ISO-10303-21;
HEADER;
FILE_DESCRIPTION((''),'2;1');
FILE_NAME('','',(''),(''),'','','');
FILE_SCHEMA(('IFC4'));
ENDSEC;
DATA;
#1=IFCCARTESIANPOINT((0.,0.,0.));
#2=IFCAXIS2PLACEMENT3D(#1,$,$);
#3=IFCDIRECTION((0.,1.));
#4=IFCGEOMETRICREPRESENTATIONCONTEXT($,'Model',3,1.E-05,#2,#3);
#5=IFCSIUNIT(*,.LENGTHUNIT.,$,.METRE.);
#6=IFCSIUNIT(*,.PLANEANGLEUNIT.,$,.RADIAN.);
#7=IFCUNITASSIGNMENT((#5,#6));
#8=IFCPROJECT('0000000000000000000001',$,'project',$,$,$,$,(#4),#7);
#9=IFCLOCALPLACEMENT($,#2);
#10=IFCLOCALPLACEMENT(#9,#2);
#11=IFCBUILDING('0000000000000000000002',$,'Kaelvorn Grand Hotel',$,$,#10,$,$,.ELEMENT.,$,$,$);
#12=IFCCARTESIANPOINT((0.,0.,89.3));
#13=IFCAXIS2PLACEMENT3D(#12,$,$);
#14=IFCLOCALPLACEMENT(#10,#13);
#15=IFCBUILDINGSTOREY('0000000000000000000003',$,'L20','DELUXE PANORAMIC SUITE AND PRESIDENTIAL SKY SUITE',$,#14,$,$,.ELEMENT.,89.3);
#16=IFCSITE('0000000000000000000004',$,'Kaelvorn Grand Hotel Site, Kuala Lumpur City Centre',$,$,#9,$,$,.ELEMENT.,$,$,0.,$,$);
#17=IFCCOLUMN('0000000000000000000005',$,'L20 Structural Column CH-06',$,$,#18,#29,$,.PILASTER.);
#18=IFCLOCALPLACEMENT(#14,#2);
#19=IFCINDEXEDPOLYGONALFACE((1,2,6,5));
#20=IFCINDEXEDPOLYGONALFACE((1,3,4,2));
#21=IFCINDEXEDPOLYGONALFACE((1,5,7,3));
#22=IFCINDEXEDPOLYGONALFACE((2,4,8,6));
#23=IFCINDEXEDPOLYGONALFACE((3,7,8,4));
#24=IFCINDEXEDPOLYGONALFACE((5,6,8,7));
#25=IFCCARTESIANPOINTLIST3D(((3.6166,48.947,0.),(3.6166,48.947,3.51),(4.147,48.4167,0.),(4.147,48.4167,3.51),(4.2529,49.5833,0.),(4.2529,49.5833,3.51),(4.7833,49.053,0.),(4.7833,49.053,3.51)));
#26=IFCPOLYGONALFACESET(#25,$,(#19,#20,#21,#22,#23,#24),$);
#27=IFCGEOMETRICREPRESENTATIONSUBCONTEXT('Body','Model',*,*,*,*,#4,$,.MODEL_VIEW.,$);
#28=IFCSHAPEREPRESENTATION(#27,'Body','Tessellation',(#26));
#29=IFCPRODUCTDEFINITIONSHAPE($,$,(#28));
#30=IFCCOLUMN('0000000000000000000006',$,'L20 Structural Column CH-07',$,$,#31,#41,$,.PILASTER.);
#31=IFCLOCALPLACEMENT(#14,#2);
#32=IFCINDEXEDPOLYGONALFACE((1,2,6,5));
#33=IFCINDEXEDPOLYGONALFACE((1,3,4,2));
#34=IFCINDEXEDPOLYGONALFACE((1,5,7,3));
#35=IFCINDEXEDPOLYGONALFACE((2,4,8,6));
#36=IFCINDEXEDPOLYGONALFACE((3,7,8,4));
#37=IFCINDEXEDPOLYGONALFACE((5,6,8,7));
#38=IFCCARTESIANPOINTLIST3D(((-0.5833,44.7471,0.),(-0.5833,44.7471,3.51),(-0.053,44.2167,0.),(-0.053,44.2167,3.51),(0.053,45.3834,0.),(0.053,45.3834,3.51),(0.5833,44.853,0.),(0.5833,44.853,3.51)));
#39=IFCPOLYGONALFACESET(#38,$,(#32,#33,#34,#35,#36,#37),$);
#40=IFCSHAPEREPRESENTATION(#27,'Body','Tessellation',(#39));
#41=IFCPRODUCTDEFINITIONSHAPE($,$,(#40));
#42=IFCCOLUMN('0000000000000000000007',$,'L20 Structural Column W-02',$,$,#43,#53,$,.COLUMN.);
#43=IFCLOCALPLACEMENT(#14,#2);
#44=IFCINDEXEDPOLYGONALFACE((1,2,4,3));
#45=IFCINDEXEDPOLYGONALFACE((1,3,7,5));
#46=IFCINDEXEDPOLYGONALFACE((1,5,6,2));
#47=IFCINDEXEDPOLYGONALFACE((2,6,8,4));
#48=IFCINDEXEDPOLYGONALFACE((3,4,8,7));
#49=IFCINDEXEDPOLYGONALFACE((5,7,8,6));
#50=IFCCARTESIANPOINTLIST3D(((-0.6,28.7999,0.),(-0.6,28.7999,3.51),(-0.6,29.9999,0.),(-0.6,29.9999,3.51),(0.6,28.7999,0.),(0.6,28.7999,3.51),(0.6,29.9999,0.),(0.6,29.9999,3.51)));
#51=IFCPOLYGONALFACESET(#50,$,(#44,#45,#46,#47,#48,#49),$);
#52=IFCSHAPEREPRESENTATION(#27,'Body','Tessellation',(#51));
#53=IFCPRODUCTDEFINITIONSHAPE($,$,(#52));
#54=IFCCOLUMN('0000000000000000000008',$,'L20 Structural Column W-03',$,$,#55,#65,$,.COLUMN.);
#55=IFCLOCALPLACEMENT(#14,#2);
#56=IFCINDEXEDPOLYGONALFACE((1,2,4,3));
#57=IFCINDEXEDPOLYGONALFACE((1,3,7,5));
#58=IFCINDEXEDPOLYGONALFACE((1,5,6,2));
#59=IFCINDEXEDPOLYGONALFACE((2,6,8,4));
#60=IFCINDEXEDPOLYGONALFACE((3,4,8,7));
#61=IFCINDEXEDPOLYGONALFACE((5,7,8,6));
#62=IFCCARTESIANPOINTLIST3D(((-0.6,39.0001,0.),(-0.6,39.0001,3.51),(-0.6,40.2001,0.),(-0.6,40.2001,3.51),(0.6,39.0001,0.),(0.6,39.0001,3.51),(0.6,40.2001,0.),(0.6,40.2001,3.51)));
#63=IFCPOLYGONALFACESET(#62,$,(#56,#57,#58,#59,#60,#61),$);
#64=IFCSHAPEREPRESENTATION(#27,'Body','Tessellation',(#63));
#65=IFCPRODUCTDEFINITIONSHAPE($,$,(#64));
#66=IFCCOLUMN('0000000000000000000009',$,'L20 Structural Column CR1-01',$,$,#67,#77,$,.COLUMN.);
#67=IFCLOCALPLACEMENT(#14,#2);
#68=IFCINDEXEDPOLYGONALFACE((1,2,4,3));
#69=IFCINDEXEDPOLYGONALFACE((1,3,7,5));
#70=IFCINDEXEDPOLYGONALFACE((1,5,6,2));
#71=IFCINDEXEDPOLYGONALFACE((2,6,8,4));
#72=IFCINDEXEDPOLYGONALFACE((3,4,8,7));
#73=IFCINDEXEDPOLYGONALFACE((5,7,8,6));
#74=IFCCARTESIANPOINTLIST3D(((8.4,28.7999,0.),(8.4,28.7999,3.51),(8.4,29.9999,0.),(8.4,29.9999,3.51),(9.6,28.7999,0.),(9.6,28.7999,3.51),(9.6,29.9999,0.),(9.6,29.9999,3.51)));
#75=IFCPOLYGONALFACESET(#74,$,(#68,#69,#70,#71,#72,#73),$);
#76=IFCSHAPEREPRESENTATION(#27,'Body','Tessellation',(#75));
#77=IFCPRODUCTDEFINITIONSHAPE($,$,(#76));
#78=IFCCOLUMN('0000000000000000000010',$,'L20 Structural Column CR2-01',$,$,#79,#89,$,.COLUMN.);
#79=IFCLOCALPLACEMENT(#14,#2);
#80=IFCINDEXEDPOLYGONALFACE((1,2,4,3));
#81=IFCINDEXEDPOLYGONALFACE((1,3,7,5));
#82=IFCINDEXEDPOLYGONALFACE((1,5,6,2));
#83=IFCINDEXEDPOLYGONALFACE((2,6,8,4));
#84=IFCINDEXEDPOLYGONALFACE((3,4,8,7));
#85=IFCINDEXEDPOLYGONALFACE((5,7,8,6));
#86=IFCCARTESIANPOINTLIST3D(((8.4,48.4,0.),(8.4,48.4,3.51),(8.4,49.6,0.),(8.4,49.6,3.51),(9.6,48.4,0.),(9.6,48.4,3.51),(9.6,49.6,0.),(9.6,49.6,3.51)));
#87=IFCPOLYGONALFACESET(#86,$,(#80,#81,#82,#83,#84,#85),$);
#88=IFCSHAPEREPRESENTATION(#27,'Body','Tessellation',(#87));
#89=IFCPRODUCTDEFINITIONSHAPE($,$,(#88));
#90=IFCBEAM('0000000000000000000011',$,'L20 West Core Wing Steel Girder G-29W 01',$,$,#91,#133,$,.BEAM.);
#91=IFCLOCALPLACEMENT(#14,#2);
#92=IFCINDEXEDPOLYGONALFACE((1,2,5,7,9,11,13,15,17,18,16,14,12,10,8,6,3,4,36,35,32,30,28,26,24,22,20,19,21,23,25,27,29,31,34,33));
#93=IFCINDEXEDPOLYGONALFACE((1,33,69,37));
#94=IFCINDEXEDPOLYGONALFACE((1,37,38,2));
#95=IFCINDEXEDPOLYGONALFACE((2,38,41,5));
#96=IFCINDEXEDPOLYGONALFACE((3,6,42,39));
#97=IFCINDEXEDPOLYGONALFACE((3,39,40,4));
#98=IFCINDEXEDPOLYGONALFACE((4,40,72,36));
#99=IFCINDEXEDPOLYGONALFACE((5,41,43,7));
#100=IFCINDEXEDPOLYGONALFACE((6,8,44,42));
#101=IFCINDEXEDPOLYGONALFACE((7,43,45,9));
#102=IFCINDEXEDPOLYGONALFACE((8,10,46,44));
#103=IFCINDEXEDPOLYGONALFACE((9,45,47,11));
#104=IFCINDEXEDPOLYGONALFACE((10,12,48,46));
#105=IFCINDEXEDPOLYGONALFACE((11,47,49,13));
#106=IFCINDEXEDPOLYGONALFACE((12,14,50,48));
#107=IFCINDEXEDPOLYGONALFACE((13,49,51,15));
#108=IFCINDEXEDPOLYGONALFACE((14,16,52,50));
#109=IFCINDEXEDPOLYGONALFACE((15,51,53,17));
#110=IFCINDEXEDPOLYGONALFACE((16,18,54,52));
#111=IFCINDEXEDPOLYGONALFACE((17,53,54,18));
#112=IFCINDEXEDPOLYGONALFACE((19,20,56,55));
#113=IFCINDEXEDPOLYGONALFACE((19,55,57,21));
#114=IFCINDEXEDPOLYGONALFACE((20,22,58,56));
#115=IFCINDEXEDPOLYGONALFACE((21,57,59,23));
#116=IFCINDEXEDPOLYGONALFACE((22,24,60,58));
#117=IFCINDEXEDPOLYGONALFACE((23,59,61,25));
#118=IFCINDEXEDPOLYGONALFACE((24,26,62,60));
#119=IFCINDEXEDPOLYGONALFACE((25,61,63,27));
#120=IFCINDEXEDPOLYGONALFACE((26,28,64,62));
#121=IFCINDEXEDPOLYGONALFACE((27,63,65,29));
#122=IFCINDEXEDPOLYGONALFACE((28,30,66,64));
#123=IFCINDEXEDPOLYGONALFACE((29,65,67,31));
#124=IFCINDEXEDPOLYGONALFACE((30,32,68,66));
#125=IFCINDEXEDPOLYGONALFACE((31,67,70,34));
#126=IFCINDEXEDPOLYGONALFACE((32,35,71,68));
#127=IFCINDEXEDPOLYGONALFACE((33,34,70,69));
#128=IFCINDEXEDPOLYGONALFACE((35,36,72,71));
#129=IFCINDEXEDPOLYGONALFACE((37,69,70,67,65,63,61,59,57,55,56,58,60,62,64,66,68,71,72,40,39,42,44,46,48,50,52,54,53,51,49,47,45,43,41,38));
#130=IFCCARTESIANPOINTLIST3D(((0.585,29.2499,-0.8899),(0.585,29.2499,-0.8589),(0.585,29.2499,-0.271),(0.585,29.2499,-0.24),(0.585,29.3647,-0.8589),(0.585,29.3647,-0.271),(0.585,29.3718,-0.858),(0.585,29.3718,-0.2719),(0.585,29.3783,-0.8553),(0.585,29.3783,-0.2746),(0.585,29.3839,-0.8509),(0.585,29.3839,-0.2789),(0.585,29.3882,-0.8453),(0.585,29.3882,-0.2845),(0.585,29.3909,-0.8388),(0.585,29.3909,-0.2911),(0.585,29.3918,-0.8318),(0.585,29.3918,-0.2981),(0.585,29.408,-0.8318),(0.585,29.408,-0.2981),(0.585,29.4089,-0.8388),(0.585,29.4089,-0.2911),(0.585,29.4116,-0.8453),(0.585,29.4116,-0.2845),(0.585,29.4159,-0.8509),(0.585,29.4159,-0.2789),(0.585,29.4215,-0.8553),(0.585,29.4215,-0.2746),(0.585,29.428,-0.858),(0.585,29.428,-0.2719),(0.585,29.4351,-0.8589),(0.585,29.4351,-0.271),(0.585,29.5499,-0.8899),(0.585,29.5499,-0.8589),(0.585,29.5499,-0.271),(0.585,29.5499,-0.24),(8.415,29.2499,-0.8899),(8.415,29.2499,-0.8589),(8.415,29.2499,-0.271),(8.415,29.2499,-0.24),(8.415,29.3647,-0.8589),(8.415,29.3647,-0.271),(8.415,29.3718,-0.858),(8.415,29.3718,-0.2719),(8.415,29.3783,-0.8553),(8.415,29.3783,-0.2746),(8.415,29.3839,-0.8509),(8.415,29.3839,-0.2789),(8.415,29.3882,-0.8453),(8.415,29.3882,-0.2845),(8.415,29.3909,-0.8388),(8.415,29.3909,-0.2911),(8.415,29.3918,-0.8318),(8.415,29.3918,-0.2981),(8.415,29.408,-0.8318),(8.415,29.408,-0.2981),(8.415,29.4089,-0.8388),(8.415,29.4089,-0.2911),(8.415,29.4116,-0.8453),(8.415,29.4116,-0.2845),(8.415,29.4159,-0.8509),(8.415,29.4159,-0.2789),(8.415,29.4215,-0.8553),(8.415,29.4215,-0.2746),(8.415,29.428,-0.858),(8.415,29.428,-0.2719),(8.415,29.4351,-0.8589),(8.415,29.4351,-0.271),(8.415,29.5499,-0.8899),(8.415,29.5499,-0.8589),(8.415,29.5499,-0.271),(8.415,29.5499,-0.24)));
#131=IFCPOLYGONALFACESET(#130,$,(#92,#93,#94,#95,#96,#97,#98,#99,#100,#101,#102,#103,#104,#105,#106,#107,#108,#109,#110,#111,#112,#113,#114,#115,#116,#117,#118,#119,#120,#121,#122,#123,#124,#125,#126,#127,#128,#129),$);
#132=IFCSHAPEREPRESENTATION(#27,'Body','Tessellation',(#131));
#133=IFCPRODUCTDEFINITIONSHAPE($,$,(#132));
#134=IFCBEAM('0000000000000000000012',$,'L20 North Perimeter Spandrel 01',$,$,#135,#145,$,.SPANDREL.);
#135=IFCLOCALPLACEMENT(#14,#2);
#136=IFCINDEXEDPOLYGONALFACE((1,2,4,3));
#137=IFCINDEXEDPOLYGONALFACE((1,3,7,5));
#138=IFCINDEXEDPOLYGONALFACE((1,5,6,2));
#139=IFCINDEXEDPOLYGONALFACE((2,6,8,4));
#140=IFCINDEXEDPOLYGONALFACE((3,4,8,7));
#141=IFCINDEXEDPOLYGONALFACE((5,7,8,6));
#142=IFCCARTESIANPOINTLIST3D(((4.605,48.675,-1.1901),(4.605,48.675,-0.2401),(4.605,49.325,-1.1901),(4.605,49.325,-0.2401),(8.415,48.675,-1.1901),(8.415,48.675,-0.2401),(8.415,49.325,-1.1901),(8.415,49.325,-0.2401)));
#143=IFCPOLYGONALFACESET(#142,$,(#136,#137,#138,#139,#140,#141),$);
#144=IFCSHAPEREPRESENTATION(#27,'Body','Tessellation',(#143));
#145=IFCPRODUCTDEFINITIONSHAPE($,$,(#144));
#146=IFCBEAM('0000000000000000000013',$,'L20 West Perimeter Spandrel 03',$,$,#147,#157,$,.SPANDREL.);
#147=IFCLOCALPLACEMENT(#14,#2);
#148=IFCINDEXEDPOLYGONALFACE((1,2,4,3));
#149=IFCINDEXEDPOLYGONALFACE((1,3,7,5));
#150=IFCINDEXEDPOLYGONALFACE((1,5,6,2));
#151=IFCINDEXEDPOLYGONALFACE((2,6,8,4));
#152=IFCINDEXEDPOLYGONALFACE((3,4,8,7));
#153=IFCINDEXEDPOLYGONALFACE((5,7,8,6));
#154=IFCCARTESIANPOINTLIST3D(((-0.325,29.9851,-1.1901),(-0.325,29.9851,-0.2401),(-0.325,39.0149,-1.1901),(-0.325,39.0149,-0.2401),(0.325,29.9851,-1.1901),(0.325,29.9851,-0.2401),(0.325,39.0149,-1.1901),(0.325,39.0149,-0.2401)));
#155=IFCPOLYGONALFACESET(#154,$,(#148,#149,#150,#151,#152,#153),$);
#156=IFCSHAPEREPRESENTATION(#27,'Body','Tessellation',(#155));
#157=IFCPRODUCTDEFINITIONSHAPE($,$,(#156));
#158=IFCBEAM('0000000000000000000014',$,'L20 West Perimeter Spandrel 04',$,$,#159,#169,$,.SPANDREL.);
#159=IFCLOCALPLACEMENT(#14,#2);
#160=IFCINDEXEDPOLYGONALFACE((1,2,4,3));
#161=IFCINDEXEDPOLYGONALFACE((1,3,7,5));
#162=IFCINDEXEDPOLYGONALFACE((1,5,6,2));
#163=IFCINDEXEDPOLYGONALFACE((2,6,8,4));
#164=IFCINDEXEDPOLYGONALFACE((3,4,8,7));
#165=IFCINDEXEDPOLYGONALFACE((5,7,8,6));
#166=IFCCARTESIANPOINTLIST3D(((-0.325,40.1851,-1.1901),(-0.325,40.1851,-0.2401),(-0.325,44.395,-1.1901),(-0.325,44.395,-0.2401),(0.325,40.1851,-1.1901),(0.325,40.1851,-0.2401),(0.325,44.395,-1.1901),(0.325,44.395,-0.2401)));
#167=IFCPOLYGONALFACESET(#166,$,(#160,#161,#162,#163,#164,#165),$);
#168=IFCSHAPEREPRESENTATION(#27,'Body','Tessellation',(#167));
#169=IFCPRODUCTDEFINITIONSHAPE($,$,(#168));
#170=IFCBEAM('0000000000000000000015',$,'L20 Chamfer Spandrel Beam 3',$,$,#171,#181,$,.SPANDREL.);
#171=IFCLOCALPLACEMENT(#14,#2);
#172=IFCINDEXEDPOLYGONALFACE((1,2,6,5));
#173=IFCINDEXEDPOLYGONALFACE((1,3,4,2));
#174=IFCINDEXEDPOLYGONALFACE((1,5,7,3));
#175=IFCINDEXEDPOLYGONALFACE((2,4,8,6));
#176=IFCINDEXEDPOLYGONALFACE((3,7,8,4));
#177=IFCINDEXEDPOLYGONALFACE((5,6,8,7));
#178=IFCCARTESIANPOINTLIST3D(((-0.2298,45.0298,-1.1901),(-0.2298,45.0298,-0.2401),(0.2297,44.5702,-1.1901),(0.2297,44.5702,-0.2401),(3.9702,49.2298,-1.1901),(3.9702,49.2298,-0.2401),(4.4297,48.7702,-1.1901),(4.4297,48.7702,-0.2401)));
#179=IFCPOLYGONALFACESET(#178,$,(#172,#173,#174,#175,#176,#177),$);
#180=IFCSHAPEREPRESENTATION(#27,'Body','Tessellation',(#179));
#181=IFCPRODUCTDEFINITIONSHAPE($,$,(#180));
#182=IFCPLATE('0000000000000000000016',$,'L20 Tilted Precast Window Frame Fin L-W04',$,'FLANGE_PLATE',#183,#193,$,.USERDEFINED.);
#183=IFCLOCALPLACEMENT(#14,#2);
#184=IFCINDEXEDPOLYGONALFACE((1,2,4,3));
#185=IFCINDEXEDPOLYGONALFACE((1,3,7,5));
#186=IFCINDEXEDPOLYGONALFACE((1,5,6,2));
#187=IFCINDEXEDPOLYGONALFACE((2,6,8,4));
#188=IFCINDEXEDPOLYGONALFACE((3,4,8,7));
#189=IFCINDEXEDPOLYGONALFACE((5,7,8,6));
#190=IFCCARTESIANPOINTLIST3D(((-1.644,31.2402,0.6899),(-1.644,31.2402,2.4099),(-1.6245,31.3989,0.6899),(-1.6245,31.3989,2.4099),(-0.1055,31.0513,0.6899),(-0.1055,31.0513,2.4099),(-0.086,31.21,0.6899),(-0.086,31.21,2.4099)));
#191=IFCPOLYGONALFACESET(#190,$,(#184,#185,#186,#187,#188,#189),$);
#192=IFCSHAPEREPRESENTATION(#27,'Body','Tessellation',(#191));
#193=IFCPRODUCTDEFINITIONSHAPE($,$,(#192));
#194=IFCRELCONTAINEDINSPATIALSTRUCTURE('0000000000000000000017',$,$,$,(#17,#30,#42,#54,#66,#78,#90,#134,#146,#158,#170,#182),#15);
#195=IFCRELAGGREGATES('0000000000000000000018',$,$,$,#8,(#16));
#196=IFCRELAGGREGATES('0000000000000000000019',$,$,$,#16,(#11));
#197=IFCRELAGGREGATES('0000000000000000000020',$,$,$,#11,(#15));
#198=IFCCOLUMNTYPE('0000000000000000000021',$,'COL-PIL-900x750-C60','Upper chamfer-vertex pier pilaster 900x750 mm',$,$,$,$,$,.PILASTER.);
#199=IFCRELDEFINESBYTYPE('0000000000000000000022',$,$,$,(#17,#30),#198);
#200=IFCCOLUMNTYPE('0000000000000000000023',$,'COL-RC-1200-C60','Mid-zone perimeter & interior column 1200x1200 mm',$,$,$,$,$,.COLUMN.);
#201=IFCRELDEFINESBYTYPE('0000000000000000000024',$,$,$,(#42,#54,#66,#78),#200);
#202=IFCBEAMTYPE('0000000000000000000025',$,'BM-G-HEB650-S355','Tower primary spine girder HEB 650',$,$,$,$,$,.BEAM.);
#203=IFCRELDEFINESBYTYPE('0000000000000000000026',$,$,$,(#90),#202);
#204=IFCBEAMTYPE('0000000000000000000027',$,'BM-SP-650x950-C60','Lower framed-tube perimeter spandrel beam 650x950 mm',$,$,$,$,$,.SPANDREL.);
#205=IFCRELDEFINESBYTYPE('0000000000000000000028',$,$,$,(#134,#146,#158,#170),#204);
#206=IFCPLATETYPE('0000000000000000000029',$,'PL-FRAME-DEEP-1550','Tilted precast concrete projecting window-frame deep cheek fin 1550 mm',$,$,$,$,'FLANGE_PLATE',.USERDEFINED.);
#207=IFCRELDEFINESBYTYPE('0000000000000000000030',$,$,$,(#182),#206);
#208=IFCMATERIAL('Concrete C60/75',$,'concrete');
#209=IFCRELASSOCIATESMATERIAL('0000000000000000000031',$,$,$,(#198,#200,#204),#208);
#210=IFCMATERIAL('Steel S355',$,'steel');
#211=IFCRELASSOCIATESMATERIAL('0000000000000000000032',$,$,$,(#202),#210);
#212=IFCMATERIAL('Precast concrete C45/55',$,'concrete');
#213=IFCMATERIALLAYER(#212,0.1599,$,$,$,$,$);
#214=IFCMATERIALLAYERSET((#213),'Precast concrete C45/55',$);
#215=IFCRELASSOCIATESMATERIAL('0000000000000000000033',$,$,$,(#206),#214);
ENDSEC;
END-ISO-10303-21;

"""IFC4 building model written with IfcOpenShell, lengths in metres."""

from ifc_helpers import new_model, si_unit, direction, frame, origin, origin_2d, place, context, subcontext, project, spatial, rectangle, i_section, extrude, material, layer, layer_set, material_profile, profile_set, type_object, element, save


model = new_model("IFC4")

# Units and contexts
model_context = context("Model", 3, precision=1e-05, world=origin(), true_north=direction((0.0, 1.0)))
body_context = subcontext(model_context, "Body", "Model", "MODEL_VIEW")
ifc_project = project(units=[si_unit("LENGTHUNIT", "METRE"), si_unit("PLANEANGLEUNIT", "RADIAN")], contexts=[model_context])

# Site, building, storey
site_placement = place(None, origin())
site = spatial("IfcSite", under=ifc_project, at=site_placement, Name="Kaelvorn Grand Hotel Site, Kuala Lumpur City Centre", CompositionType="ELEMENT", RefElevation=0.0)
building_placement = place(site_placement, origin())
building = spatial("IfcBuilding", under=site, at=building_placement, Name="Kaelvorn Grand Hotel", CompositionType="ELEMENT")
storey_placement = place(building_placement, frame((0.0, 0.0, 89.3)))
storey = spatial("IfcBuildingStorey", under=building, at=storey_placement, Name="L20", Description="DELUXE PANORAMIC SUITE AND PRESIDENTIAL SKY SUITE", CompositionType="ELEMENT", Elevation=89.3)

# Columns
ifc_material_1 = material(Name="Concrete C60/75", Category="concrete")
ifc_material_profile_1 = material_profile(ifc_material_1, rectangle(XDim=0.8999, YDim=0.75, at=origin_2d()), Name="RC PILASTER 900x750")
ifc_profile_set_1 = profile_set([ifc_material_profile_1], Name="Concrete C60/75")
column_type_1 = type_object("IfcColumnType", Name="COL-PIL-900x750-C60", Description="Upper chamfer-vertex pier pilaster 900x750 mm", PredefinedType="PILASTER", material=ifc_profile_set_1)
for number, where, z_axis, x_axis, name in (
    (1, (4.2, 49.0, 0.0), (0.0, 0.0, 1.0), (0.707107, 0.707107, 0.0), "L20 Structural Column CH-06"),
    (2, (0.0, 44.8, 0.0), (0.0, 0.0, 1.0), (0.707107, 0.707107, 0.0), "L20 Structural Column CH-07"),
):
    element("IfcColumn", number, at=place(storey_placement, frame(where, z_axis=z_axis, x_axis=x_axis)), inside=storey, type_object=column_type_1, Name=name, PredefinedType="PILASTER", context=body_context, shape_type="SweptSolid", body=[
        extrude(rectangle(XDim=0.8999, YDim=0.75, at=origin_2d()), origin(), (0.0, 0.0, 1.0), 3.51),
    ])
ifc_material_profile_2 = material_profile(ifc_material_1, rectangle(XDim=1.2, YDim=1.2, at=origin_2d()), Name="RC COL 1200x1200")
ifc_profile_set_2 = profile_set([ifc_material_profile_2], Name="Concrete C60/75")
column_type_2 = type_object("IfcColumnType", Name="COL-RC-1200-C60", Description="Mid-zone perimeter & interior column 1200x1200 mm", PredefinedType="COLUMN", material=ifc_profile_set_2)
for number, where, z_axis, x_axis, name in (
    (3, (0.0, 29.3999, 0.0), (0.0, 0.0, 1.0), (1.0, 0.0, 0.0), "L20 Structural Column W-02"),
    (4, (0.0, 39.6001, 0.0), (0.0, 0.0, 1.0), (1.0, 0.0, 0.0), "L20 Structural Column W-03"),
    (5, (9.0, 29.3999, 0.0), (0.0, 0.0, 1.0), (1.0, 0.0, 0.0), "L20 Structural Column CR1-01"),
    (6, (9.0, 49.0, 0.0), (0.0, 0.0, 1.0), (1.0, 0.0, 0.0), "L20 Structural Column CR2-01"),
):
    element("IfcColumn", number, at=place(storey_placement, frame(where, z_axis=z_axis, x_axis=x_axis)), inside=storey, type_object=column_type_2, Name=name, PredefinedType="COLUMN", context=body_context, shape_type="SweptSolid", body=[
        extrude(rectangle(XDim=1.2, YDim=1.2, at=origin_2d()), origin(), (0.0, 0.0, 1.0), 3.51),
    ])

# Beams
ifc_material_2 = material(Name="Steel S355", Category="steel")
ifc_material_profile_3 = material_profile(ifc_material_2, i_section(OverallWidth=0.3, OverallDepth=0.6499, WebThickness=0.0161, FlangeThickness=0.031, FilletRadius=0.0271, at=origin_2d()), Name="HEB 650")
ifc_profile_set_3 = profile_set([ifc_material_profile_3], Name="Steel S355")
beam_type_1 = type_object("IfcBeamType", Name="BM-G-HEB650-S355", Description="Tower primary spine girder HEB 650", PredefinedType="BEAM", material=ifc_profile_set_3)
beam_1_placement = place(storey_placement, frame((0.585, 29.3999, -0.5649), z_axis=(1.0, 0.0, 0.0), x_axis=(0.0, 1.0, 0.0)))
element("IfcBeam", 7, at=beam_1_placement, inside=storey, type_object=beam_type_1, Name="L20 West Core Wing Steel Girder G-29W 01", PredefinedType="BEAM", context=body_context, shape_type="SweptSolid", body=[
    extrude(i_section(OverallWidth=0.3, OverallDepth=0.6499, WebThickness=0.0161, FlangeThickness=0.031, FilletRadius=0.0271, at=origin_2d()), origin(), (0.0, 0.0, 1.0), 7.8301),
])
ifc_material_profile_4 = material_profile(ifc_material_1, rectangle(XDim=0.6499, YDim=0.95, at=origin_2d()), Name="RC SPANDREL 650x950")
ifc_profile_set_4 = profile_set([ifc_material_profile_4], Name="Concrete C60/75")
beam_type_2 = type_object("IfcBeamType", Name="BM-SP-650x950-C60", Description="Lower framed-tube perimeter spandrel beam 650x950 mm", PredefinedType="SPANDREL", material=ifc_profile_set_4)
beam_2_placement = place(storey_placement, frame((4.605, 49.0, -0.7151), z_axis=(1.0, 0.0, 0.0), x_axis=(0.0, 1.0, 0.0)))
element("IfcBeam", 8, at=beam_2_placement, inside=storey, type_object=beam_type_2, Name="L20 North Perimeter Spandrel 01", PredefinedType="SPANDREL", context=body_context, shape_type="SweptSolid", body=[
    extrude(rectangle(XDim=0.6499, YDim=0.95, at=origin_2d()), origin(), (0.0, 0.0, 1.0), 3.8101),
])
beam_3_placement = place(storey_placement, frame((0.0, 29.9851, -0.7151), z_axis=(0.0, 1.0, 0.0), x_axis=(-1.0, 0.0, 0.0)))
element("IfcBeam", 9, at=beam_3_placement, inside=storey, type_object=beam_type_2, Name="L20 West Perimeter Spandrel 03", PredefinedType="SPANDREL", context=body_context, shape_type="SweptSolid", body=[
    extrude(rectangle(XDim=0.6499, YDim=0.95, at=origin_2d()), origin(), (0.0, 0.0, 1.0), 9.0298),
])
beam_4_placement = place(storey_placement, frame((0.0, 40.1851, -0.7151), z_axis=(0.0, 1.0, 0.0), x_axis=(-1.0, 0.0, 0.0)))
element("IfcBeam", 10, at=beam_4_placement, inside=storey, type_object=beam_type_2, Name="L20 West Perimeter Spandrel 04", PredefinedType="SPANDREL", context=body_context, shape_type="SweptSolid", body=[
    extrude(rectangle(XDim=0.6499, YDim=0.95, at=origin_2d()), origin(), (0.0, 0.0, 1.0), 4.21),
])
beam_5_placement = place(storey_placement, frame((4.2, 49.0, -0.7151), z_axis=(-0.707107, -0.707107, 0.0), x_axis=(0.707107, -0.707107, 0.0)))
element("IfcBeam", 11, at=beam_5_placement, inside=storey, type_object=beam_type_2, Name="L20 Chamfer Spandrel Beam 3", PredefinedType="SPANDREL", context=body_context, shape_type="SweptSolid", body=[
    extrude(rectangle(XDim=0.6499, YDim=0.95, at=origin_2d()), origin(), (0.0, 0.0, 1.0), 5.9397),
])

# Plate
ifc_material_3 = material(Name="Precast concrete C45/55", Category="concrete")
ifc_layer_1 = layer(ifc_material_3, 0.1599)
ifc_layer_set_1 = layer_set([ifc_layer_1], Name="Precast concrete C45/55")
plate_type_1 = type_object("IfcPlateType", Name="PL-FRAME-DEEP-1550", Description="Tilted precast concrete projecting window-frame deep cheek fin 1550 mm", ElementType="FLANGE_PLATE", PredefinedType="USERDEFINED", material=ifc_layer_set_1)
for number, where, z_axis, x_axis, name in (
    (12, (-0.865, 31.2251, 0.6899), (0.0, 0.0, 1.0), (0.121869, 0.992546, 0.0), "L20 Tilted Precast Window Frame Fin L-W04"),
):
    element("IfcPlate", number, at=place(storey_placement, frame(where, z_axis=z_axis, x_axis=x_axis)), inside=storey, type_object=plate_type_1, Name=name, ObjectType="FLANGE_PLATE", PredefinedType="USERDEFINED", context=body_context, shape_type="SweptSolid", body=[
        extrude(rectangle(XDim=0.1599, YDim=1.55, at=origin_2d()), origin(), (0.0, 0.0, 1.0), 1.72),
    ])

save(model, "model.ifc")
